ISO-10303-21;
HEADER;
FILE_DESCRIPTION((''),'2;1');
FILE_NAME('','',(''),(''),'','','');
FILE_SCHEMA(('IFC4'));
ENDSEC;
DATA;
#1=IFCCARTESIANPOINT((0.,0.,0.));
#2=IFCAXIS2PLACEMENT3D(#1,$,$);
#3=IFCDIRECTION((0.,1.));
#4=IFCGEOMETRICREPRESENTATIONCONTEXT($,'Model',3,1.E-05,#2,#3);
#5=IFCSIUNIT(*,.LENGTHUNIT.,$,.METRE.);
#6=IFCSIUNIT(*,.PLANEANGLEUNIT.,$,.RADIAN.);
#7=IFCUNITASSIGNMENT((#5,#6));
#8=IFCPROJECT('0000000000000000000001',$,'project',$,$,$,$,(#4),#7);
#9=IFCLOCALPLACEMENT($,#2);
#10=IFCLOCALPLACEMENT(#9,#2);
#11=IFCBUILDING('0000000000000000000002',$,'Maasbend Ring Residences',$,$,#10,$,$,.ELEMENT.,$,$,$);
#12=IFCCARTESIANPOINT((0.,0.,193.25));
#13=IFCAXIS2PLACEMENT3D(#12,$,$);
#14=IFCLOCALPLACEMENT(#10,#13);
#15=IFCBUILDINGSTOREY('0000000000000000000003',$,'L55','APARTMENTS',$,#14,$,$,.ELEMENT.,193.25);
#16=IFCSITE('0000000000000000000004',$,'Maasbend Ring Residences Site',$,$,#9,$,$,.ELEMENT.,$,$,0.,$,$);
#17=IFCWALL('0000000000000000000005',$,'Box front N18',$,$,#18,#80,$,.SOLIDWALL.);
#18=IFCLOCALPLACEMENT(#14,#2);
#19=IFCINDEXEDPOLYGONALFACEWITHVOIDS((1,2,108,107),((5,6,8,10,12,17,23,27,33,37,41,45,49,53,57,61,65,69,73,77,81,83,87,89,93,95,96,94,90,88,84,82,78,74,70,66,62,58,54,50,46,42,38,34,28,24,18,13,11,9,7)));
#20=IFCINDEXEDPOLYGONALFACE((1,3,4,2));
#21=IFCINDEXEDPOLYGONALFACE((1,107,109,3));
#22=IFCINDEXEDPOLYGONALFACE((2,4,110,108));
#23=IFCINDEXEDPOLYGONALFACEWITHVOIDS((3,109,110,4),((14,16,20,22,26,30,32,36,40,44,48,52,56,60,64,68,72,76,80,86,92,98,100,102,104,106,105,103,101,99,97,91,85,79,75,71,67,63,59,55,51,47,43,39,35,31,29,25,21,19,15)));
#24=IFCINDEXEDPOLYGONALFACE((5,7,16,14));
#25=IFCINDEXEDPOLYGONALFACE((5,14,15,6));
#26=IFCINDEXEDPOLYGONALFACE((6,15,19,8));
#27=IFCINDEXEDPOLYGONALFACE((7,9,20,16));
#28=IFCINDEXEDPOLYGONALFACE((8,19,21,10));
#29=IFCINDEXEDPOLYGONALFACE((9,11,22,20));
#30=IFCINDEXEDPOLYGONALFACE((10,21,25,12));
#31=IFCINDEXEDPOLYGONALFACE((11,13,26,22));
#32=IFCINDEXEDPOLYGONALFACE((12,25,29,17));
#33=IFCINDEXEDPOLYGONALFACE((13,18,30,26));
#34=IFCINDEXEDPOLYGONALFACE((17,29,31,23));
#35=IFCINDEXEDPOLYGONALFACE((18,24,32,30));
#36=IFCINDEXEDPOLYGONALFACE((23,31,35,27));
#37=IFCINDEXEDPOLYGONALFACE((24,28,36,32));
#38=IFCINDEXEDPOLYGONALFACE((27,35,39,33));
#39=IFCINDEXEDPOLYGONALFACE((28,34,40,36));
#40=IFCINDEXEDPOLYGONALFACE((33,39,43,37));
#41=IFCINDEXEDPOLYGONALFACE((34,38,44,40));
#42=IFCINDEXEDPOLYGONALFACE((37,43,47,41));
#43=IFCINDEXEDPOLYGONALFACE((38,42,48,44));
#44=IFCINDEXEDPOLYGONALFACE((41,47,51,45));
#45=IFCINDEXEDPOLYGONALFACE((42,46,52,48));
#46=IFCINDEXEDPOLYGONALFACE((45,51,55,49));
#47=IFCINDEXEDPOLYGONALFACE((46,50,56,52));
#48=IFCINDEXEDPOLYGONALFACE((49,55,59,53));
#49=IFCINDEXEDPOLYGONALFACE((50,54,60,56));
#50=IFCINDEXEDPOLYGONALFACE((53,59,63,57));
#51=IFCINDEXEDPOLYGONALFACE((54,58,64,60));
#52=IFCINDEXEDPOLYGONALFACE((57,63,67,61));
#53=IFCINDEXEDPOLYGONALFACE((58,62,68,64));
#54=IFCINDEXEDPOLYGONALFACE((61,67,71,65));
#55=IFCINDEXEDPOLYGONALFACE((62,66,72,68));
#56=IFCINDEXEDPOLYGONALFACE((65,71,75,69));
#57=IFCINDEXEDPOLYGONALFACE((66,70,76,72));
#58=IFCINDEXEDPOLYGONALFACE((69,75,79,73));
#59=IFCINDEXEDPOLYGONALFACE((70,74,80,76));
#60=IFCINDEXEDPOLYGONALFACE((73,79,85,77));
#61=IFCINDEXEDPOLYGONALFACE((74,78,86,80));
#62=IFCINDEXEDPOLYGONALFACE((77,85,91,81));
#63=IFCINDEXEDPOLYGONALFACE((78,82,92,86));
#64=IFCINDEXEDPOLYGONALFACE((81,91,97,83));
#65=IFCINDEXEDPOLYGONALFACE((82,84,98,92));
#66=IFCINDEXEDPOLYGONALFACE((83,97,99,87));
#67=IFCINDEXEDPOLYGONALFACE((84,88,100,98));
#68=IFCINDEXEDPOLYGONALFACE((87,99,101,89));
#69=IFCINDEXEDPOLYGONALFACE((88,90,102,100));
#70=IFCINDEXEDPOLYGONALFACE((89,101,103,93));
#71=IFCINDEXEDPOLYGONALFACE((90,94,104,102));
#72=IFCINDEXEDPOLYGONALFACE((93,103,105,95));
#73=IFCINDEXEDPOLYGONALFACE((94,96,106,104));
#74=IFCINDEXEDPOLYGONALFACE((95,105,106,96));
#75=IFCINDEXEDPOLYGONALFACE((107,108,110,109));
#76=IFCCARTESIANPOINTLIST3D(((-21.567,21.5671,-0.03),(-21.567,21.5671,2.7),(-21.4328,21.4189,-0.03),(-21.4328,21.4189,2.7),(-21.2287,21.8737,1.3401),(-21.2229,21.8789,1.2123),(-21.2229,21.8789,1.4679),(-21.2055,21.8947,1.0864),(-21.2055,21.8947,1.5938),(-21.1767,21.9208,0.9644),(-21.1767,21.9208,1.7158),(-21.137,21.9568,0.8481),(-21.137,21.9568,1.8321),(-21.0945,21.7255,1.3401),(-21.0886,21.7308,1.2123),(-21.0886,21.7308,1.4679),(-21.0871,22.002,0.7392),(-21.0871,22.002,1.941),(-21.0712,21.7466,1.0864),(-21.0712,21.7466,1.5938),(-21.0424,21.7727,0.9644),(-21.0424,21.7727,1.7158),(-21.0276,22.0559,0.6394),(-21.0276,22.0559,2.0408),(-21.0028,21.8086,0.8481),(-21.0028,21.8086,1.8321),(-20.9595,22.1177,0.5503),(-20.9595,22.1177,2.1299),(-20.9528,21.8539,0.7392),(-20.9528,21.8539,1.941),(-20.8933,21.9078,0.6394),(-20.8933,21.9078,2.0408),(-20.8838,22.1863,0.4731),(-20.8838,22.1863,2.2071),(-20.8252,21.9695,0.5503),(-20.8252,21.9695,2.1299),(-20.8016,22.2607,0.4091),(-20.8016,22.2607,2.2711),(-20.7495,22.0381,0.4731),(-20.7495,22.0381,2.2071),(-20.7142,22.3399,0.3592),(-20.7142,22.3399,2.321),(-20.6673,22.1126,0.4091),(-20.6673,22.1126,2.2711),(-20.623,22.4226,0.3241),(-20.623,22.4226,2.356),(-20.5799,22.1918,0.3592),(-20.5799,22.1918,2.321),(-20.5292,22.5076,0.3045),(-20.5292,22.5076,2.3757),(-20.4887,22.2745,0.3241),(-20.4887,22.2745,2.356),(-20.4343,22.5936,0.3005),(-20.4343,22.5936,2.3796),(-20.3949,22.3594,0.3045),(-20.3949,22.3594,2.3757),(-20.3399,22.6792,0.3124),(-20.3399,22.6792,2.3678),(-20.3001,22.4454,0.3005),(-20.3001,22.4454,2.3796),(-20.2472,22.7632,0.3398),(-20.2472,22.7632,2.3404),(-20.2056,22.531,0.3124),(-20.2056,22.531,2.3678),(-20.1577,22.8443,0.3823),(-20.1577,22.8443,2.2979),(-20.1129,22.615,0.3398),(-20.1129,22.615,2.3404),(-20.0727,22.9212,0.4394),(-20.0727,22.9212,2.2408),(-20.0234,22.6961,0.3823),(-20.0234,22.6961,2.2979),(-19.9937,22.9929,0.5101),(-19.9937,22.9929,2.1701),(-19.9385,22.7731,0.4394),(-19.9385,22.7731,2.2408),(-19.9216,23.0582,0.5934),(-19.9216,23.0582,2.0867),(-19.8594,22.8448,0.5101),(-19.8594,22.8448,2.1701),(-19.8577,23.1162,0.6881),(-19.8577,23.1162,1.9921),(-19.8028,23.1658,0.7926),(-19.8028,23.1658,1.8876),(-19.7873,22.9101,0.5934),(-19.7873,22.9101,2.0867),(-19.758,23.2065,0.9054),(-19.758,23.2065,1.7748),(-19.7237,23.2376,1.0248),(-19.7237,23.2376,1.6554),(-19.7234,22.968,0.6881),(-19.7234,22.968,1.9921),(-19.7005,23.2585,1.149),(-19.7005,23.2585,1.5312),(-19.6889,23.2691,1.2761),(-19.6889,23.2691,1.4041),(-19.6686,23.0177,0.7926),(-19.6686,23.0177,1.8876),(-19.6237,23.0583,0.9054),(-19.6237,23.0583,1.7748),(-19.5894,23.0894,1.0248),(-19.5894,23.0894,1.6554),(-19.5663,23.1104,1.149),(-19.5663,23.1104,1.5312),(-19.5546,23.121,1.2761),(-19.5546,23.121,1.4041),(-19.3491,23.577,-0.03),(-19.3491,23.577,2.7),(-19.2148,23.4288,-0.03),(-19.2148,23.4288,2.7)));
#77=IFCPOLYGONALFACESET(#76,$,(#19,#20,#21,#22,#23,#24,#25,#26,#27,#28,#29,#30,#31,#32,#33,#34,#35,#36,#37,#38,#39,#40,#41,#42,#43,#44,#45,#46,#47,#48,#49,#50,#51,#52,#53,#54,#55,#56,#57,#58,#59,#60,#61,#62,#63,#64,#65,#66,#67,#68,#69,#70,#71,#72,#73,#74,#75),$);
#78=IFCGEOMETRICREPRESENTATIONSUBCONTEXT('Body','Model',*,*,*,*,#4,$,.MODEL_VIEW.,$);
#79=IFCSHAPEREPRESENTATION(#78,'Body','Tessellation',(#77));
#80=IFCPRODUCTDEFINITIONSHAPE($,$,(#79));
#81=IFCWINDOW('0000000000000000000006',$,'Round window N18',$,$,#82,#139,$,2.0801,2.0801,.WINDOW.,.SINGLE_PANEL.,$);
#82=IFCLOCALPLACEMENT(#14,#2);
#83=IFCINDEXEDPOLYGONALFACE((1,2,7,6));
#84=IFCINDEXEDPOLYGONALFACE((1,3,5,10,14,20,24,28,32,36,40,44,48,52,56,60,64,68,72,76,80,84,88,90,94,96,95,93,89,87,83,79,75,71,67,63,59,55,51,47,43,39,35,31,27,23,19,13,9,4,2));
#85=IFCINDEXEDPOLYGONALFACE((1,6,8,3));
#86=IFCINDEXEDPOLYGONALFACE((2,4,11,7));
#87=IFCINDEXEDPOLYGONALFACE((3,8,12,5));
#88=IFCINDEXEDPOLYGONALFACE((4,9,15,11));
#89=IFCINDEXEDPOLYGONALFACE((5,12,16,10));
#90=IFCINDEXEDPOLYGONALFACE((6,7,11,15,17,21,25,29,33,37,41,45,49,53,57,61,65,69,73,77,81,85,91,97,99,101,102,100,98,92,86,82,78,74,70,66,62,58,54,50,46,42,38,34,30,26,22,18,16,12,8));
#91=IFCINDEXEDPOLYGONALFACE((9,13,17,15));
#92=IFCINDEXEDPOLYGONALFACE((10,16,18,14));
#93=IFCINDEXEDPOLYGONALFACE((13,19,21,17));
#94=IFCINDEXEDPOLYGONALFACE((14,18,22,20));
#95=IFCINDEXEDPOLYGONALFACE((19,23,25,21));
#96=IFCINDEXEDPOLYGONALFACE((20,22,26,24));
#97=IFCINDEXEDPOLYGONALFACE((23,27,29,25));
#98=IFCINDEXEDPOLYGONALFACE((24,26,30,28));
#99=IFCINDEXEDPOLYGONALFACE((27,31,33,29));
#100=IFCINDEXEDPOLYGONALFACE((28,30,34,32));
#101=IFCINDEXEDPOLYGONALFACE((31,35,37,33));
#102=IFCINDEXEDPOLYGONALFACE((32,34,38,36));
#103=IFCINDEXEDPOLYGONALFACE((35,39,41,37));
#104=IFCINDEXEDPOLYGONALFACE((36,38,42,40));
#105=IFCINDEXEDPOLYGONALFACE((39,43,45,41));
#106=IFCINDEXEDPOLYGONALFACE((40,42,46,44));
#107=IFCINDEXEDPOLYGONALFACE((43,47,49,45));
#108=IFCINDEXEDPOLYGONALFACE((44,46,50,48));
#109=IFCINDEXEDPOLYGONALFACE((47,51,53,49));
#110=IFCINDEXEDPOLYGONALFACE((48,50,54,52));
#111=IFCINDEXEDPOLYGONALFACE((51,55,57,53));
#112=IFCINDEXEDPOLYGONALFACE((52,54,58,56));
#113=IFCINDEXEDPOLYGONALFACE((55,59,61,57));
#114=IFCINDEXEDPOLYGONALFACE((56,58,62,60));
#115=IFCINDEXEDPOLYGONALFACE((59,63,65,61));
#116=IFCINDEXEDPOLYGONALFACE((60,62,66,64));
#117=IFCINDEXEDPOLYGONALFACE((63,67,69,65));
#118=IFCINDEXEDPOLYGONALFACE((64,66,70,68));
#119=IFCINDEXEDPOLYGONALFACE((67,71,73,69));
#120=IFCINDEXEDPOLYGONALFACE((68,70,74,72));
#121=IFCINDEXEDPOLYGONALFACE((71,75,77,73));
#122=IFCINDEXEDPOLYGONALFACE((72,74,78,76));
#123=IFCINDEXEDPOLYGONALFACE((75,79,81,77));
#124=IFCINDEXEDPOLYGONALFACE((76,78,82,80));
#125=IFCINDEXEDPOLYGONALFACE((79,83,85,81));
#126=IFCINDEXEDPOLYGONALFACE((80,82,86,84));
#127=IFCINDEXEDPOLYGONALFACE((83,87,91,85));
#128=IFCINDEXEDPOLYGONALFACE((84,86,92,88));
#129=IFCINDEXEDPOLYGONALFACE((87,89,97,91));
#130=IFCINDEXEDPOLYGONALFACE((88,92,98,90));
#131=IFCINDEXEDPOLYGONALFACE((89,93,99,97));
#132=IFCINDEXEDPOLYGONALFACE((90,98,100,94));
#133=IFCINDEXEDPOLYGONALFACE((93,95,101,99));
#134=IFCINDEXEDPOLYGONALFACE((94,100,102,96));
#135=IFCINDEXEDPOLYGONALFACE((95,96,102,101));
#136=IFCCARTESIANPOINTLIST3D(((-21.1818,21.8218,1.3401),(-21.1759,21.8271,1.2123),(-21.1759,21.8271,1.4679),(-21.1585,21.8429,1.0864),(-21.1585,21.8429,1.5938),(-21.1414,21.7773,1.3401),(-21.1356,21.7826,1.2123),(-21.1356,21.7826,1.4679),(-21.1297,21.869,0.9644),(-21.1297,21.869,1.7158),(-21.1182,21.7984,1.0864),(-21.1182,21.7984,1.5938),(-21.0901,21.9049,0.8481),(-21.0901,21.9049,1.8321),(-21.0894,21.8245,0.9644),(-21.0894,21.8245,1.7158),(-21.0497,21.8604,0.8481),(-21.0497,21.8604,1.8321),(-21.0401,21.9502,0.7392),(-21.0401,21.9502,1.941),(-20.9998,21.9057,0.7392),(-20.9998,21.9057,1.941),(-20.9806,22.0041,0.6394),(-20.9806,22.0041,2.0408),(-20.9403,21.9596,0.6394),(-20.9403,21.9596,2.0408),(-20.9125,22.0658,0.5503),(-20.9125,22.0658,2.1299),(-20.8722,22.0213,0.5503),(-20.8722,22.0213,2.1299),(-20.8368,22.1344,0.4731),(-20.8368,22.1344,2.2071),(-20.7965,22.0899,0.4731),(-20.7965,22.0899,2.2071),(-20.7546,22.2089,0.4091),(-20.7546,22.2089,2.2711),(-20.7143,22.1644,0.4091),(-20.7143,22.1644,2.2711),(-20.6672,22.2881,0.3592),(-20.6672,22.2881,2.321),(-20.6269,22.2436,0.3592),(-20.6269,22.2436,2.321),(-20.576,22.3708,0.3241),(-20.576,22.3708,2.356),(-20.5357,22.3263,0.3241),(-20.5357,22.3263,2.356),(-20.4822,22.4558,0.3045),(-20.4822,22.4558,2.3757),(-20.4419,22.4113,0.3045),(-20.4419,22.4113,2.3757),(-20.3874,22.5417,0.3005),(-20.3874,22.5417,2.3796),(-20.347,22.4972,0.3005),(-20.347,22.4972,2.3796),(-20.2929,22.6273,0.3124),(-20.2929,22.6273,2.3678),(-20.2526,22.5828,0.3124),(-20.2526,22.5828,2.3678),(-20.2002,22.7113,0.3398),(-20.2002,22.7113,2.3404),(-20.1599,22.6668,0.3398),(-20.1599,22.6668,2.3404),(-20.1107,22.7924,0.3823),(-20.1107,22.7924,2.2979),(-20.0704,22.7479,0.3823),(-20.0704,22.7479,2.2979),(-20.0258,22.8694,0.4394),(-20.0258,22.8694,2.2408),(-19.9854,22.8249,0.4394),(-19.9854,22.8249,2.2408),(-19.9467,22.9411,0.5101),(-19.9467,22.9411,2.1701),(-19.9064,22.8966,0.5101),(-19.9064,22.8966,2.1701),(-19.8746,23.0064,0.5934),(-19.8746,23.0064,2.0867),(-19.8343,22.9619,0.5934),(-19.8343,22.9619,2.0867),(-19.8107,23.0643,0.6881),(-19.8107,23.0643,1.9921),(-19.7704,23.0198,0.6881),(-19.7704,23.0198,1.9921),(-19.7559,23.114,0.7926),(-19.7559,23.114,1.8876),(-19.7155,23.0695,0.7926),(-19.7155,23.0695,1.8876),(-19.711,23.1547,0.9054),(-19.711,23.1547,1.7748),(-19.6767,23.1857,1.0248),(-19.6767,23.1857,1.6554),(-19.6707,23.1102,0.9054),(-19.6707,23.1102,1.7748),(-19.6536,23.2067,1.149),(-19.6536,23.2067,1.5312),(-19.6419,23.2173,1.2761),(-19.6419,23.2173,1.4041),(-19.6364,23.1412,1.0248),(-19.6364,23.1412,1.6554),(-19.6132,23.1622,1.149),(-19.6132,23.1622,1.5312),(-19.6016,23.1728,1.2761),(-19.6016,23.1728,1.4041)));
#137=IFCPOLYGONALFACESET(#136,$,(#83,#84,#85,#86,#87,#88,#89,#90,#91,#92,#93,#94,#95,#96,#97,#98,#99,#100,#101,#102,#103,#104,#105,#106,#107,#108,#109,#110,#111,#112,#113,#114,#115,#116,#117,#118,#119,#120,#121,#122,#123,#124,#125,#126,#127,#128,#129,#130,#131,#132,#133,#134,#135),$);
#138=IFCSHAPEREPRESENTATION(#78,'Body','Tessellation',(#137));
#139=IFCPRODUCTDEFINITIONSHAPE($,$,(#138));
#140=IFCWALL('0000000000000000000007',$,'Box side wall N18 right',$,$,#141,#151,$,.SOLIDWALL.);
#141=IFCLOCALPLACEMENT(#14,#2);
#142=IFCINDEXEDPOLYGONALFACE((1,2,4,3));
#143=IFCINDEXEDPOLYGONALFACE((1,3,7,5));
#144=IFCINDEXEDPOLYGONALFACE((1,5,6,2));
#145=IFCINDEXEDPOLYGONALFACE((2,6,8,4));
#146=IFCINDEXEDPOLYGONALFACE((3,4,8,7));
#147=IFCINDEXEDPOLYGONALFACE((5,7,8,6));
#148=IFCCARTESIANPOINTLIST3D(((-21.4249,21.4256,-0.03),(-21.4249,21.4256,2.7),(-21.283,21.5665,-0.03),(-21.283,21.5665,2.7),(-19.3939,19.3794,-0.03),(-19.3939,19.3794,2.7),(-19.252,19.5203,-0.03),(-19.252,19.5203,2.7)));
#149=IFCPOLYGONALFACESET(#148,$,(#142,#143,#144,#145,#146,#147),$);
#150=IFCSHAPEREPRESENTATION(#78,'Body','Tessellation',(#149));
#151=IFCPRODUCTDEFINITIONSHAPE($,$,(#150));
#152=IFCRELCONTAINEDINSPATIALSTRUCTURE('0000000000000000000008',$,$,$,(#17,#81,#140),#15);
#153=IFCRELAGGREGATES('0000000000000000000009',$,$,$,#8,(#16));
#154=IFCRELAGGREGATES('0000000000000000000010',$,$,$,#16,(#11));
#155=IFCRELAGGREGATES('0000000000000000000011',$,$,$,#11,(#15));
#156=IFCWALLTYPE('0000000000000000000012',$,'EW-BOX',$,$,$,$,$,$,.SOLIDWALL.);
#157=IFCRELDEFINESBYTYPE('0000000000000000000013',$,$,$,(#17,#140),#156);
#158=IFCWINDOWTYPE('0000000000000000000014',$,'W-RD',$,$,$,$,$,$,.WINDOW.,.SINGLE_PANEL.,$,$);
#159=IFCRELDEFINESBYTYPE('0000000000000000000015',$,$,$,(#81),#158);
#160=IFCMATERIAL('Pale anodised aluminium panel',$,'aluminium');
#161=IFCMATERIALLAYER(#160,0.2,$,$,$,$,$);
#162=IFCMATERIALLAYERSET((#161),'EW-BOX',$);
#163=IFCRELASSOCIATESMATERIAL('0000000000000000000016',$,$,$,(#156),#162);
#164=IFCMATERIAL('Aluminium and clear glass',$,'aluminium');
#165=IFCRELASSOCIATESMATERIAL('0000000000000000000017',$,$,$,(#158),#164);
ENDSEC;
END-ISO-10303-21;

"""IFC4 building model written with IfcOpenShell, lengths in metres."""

from ifc_helpers import new_model, si_unit, direction, frame, frame_2d, origin, place, context, subcontext, project, spatial, rectangle, circle, extrude, material, layer, layer_set, type_object, element, fill, save


model = new_model("IFC4")

# Units and contexts
model_context = context("Model", 3, precision=1e-05, world=origin(), true_north=direction((0.0, 1.0)))
body_context = subcontext(model_context, "Body", "Model", "MODEL_VIEW")
ifc_project = project(units=[si_unit("LENGTHUNIT", "METRE"), si_unit("PLANEANGLEUNIT", "RADIAN")], contexts=[model_context])

# Site, building, storey
site_placement = place(None, origin())
site = spatial("IfcSite", under=ifc_project, at=site_placement, Name="Maasbend Ring Residences Site", CompositionType="ELEMENT", RefElevation=0.0)
building_placement = place(site_placement, origin())
building = spatial("IfcBuilding", under=site, at=building_placement, Name="Maasbend Ring Residences", CompositionType="ELEMENT")
storey_placement = place(building_placement, frame((0.0, 0.0, 193.25)))
storey = spatial("IfcBuildingStorey", under=building, at=storey_placement, Name="L55", Description="APARTMENTS", CompositionType="ELEMENT", Elevation=193.25)

# Wall, opening, window
ifc_material_1 = material(Name="Pale anodised aluminium panel", Category="aluminium")
ifc_layer_1 = layer(ifc_material_1, 0.2)
ifc_layer_set_1 = layer_set([ifc_layer_1], Name="EW-BOX")
wall_type_1 = type_object("IfcWallType", Name="EW-BOX", PredefinedType="SOLIDWALL", material=ifc_layer_set_1)
wall_1_placement = place(storey_placement, frame((-19.282, 23.5029, -0.03), z_axis=(0.0, 0.0, 1.0), x_axis=(-0.740998, -0.671507, 0.0)))
wall_1 = element("IfcWall", 1, at=wall_1_placement, inside=storey, type_object=wall_type_1, Name="Box front N18", PredefinedType="SOLIDWALL", context=body_context, shape_type="SweptSolid", body=[
    extrude(rectangle(XDim=2.9932, YDim=0.2, at=frame_2d((1.4966, 0.0))), origin(), (0.0, 0.0, 1.0), 2.73),
])
opening_1_placement = place(wall_1_placement, frame((0.4565, 0.0, 0.3301)))
opening_1 = element("IfcOpeningElement", 2, at=opening_1_placement, cuts=wall_1, PredefinedType="OPENING", context=body_context, shape_type="SweptSolid", body=[
    extrude(circle(Radius=1.04, at=frame_2d((1.04, 1.04))), frame((0.0, 0.1099, 0.0), z_axis=(0.0, -1.0, 0.0), x_axis=(1.0, 0.0, 0.0)), (0.0, 0.0, 1.0), 0.22),
])
ifc_material_2 = material(Name="Aluminium and clear glass", Category="aluminium")
window_type_1 = type_object("IfcWindowType", Name="W-RD", PartitioningType="SINGLE_PANEL", PredefinedType="WINDOW", material=ifc_material_2)
window_1_placement = place(opening_1_placement, origin())
window_1 = element("IfcWindow", 3, at=window_1_placement, inside=storey, type_object=window_type_1, Name="Round window N18", OverallHeight=2.0801, OverallWidth=2.0801, PartitioningType="SINGLE_PANEL", PredefinedType="WINDOW", context=body_context, shape_type="SweptSolid", body=[
    extrude(circle(Radius=1.04, at=frame_2d((1.04, 1.04))), frame((0.0, 0.03, 0.0), z_axis=(0.0, -1.0, 0.0), x_axis=(1.0, 0.0, 0.0)), (0.0, 0.0, 1.0), 0.0601),
])
fill(opening_1, window_1)

# Wall
wall_2_placement = place(storey_placement, frame((-19.323, 19.45, -0.03), z_axis=(0.0, 0.0, 1.0), x_axis=(-0.704477, 0.709727, 0.0)))
element("IfcWall", 4, at=wall_2_placement, inside=storey, type_object=wall_type_1, Name="Box side wall N18 right", PredefinedType="SOLIDWALL", context=body_context, shape_type="SweptSolid", body=[
    extrude(rectangle(XDim=2.8831, YDim=0.2, at=frame_2d((1.4414, 0.0))), origin(), (0.0, 0.0, 1.0), 2.73),
])

save(model, "model.ifc")
